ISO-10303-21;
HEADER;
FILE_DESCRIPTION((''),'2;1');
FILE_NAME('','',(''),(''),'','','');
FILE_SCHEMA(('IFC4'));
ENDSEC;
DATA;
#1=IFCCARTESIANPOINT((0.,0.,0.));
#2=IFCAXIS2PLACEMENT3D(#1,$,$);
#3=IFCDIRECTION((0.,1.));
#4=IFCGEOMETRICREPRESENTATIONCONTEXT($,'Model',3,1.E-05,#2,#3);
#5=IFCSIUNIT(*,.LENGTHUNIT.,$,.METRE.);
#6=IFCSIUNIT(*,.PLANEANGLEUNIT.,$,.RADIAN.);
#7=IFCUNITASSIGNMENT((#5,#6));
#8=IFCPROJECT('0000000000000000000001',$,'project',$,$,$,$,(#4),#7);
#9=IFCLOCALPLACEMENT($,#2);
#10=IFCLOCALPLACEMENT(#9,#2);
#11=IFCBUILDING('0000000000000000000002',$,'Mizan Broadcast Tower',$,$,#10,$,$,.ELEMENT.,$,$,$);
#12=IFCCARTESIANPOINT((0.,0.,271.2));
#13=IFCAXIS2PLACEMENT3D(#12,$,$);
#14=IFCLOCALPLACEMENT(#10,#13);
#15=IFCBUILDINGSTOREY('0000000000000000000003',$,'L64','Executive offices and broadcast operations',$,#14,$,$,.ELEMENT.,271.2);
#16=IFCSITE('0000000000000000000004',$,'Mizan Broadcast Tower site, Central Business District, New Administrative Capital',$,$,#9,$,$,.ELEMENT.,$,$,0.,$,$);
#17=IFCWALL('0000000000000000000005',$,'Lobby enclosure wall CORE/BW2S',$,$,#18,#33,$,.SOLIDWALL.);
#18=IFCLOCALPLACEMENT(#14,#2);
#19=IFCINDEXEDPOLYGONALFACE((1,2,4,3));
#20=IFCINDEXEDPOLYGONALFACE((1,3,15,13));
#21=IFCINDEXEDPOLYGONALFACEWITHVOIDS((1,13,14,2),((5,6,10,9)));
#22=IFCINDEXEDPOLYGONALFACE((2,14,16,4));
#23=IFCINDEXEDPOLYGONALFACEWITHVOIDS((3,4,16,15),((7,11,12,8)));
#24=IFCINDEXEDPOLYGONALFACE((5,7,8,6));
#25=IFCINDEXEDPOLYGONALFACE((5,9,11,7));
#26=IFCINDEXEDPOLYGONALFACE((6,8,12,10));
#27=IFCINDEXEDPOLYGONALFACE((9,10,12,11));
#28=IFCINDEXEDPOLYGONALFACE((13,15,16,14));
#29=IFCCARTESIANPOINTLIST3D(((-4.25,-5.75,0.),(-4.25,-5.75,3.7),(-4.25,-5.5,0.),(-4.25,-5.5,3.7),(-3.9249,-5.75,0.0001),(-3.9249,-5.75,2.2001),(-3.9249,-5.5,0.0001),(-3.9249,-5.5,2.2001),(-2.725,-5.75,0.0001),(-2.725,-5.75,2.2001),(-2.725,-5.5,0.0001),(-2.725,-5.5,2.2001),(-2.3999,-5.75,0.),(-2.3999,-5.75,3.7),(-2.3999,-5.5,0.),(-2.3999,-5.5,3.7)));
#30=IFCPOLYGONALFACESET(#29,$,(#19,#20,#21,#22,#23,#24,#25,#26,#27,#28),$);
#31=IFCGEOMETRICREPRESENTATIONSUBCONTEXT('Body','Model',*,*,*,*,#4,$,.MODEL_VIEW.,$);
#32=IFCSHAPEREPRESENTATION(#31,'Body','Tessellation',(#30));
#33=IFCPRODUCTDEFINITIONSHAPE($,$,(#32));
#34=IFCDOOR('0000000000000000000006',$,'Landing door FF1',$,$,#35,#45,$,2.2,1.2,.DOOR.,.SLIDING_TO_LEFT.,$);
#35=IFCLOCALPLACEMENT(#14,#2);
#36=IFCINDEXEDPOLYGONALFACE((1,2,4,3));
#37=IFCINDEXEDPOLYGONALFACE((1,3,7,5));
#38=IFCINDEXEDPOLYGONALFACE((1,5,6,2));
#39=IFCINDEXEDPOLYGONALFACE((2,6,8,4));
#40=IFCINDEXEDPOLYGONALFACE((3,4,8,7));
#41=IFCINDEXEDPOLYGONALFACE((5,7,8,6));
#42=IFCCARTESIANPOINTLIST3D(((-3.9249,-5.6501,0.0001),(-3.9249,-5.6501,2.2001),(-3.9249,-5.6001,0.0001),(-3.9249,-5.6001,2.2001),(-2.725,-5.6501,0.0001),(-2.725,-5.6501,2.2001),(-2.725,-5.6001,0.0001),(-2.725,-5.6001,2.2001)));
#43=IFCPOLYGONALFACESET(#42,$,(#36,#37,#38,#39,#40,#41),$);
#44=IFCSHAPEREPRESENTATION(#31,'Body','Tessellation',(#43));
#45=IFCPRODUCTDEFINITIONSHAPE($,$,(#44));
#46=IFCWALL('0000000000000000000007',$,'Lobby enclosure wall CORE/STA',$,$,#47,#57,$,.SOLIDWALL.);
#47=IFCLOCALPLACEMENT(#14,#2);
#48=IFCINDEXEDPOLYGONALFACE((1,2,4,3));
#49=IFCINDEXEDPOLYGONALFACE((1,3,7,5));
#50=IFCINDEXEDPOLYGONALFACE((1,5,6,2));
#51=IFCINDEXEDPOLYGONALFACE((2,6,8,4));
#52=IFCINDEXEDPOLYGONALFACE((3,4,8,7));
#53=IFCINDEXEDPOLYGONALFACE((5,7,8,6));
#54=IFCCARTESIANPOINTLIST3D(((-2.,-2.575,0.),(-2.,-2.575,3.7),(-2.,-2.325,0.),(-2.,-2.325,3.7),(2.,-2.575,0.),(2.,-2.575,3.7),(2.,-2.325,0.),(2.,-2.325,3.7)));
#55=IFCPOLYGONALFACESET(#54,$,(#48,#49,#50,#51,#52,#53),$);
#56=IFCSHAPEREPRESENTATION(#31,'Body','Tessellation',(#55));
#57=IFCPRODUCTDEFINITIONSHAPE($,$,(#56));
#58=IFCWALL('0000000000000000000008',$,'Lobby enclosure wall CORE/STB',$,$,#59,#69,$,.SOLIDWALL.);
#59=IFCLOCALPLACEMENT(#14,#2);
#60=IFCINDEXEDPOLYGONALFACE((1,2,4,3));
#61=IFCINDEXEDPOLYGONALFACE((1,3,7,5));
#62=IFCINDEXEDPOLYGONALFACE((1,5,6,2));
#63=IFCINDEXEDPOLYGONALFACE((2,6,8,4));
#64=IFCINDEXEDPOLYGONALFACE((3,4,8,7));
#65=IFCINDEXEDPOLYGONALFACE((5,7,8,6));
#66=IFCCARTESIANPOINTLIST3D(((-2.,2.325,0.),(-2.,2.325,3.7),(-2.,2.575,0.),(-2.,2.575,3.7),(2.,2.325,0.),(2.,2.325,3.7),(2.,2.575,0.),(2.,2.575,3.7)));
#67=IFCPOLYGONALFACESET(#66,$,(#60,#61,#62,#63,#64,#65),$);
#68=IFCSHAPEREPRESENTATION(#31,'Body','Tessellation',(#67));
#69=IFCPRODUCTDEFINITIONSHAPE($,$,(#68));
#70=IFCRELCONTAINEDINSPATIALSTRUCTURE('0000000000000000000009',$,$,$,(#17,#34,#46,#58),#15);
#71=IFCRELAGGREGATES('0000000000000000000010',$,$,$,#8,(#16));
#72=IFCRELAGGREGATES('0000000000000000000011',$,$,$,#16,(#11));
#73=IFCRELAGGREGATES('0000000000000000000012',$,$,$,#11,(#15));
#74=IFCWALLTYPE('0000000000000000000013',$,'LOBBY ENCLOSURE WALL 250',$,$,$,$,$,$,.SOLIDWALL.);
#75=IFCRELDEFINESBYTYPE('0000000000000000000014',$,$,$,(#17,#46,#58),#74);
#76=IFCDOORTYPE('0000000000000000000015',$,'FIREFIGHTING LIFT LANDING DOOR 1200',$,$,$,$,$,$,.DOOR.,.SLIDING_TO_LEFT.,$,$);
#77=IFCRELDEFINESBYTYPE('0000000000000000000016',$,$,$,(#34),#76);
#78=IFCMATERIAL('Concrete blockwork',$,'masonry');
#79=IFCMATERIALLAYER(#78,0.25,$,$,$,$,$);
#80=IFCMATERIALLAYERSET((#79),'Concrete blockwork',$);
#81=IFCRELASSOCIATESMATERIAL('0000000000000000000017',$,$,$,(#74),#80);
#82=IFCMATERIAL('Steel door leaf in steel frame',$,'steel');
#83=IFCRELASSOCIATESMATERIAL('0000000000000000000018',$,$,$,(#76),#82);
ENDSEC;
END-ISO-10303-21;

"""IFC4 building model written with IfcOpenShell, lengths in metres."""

from ifc_helpers import new_model, si_unit, direction, frame, frame_2d, origin, place, context, subcontext, project, spatial, rectangle, extrude, material, layer, layer_set, type_object, element, fill, save


model = new_model("IFC4")

# Units and contexts
model_context = context("Model", 3, precision=1e-05, world=origin(), true_north=direction((0.0, 1.0)))
body_context = subcontext(model_context, "Body", "Model", "MODEL_VIEW")
ifc_project = project(units=[si_unit("LENGTHUNIT", "METRE"), si_unit("PLANEANGLEUNIT", "RADIAN")], contexts=[model_context])

# Site, building, storey
site_placement = place(None, origin())
site = spatial("IfcSite", under=ifc_project, at=site_placement, Name="Mizan Broadcast Tower site, Central Business District, New Administrative Capital", CompositionType="ELEMENT", RefElevation=0.0)
building_placement = place(site_placement, origin())
building = spatial("IfcBuilding", under=site, at=building_placement, Name="Mizan Broadcast Tower", CompositionType="ELEMENT")
storey_placement = place(building_placement, frame((0.0, 0.0, 271.2)))
storey = spatial("IfcBuildingStorey", under=building, at=storey_placement, Name="L64", Description="Executive offices and broadcast operations", CompositionType="ELEMENT", Elevation=271.2)

# Shared definitions
ifc_material_1 = material(Name="Concrete blockwork", Category="masonry")
ifc_layer_1 = layer(ifc_material_1, 0.25)
ifc_layer_set_1 = layer_set([ifc_layer_1], Name="Concrete blockwork")
wall_type_1 = type_object("IfcWallType", Name="LOBBY ENCLOSURE WALL 250", PredefinedType="SOLIDWALL", material=ifc_layer_set_1)

# Wall, opening, door
wall_1_placement = place(storey_placement, frame((-4.25, -5.625, 0.0), z_axis=(0.0, 0.0, 1.0), x_axis=(1.0, 0.0, 0.0)))
wall_1 = element("IfcWall", 1, at=wall_1_placement, inside=storey, type_object=wall_type_1, Name="Lobby enclosure wall CORE/BW2S", PredefinedType="SOLIDWALL", context=body_context, shape_type="SweptSolid", body=[
    extrude(rectangle(XDim=1.8501, YDim=0.25, at=frame_2d((0.925, 0.0))), origin(), (0.0, 0.0, 1.0), 3.7),
])
opening_1_placement = place(wall_1_placement, frame((0.325, 0.0, 0.0)))
opening_1 = element("IfcOpeningElement", 2, at=opening_1_placement, cuts=wall_1, PredefinedType="OPENING", context=body_context, shape_type="SweptSolid", body=[
    extrude(rectangle(XDim=1.2, YDim=2.2, at=frame_2d((0.6001, 1.1001))), frame((0.0, 0.135, 0.0), z_axis=(0.0, -1.0, 0.0), x_axis=(1.0, 0.0, 0.0)), (0.0, 0.0, 1.0), 0.27),
])
ifc_material_2 = material(Name="Steel door leaf in steel frame", Category="steel")
door_type_1 = type_object("IfcDoorType", Name="FIREFIGHTING LIFT LANDING DOOR 1200", OperationType="SLIDING_TO_LEFT", PredefinedType="DOOR", material=ifc_material_2)
door_1_placement = place(opening_1_placement, origin())
door_1 = element("IfcDoor", 3, at=door_1_placement, inside=storey, type_object=door_type_1, Name="Landing door FF1", OperationType="SLIDING_TO_LEFT", OverallHeight=2.2, OverallWidth=1.2, PredefinedType="DOOR", context=body_context, shape_type="SweptSolid", body=[
    extrude(rectangle(XDim=1.2, YDim=2.2, at=frame_2d((0.6001, 1.1001))), frame((0.0, 0.0249, 0.0), z_axis=(0.0, -1.0, 0.0), x_axis=(1.0, 0.0, 0.0)), (0.0, 0.0, 1.0), 0.05),
])
fill(opening_1, door_1)

# Walls
for number, where, z_axis, x_axis, name in (
    (4, (-2.0, -2.45, 0.0), (0.0, 0.0, 1.0), (1.0, 0.0, 0.0), "Lobby enclosure wall CORE/STA"),
    (5, (-2.0, 2.45, 0.0), (0.0, 0.0, 1.0), (1.0, 0.0, 0.0), "Lobby enclosure wall CORE/STB"),
):
    element("IfcWall", number, at=place(storey_placement, frame(where, z_axis=z_axis, x_axis=x_axis)), inside=storey, type_object=wall_type_1, Name=name, PredefinedType="SOLIDWALL", context=body_context, shape_type="SweptSolid", body=[
        extrude(rectangle(XDim=4.0, YDim=0.25, at=frame_2d((2.0, 0.0))), origin(), (0.0, 0.0, 1.0), 3.7),
    ])

save(model, "model.ifc")
